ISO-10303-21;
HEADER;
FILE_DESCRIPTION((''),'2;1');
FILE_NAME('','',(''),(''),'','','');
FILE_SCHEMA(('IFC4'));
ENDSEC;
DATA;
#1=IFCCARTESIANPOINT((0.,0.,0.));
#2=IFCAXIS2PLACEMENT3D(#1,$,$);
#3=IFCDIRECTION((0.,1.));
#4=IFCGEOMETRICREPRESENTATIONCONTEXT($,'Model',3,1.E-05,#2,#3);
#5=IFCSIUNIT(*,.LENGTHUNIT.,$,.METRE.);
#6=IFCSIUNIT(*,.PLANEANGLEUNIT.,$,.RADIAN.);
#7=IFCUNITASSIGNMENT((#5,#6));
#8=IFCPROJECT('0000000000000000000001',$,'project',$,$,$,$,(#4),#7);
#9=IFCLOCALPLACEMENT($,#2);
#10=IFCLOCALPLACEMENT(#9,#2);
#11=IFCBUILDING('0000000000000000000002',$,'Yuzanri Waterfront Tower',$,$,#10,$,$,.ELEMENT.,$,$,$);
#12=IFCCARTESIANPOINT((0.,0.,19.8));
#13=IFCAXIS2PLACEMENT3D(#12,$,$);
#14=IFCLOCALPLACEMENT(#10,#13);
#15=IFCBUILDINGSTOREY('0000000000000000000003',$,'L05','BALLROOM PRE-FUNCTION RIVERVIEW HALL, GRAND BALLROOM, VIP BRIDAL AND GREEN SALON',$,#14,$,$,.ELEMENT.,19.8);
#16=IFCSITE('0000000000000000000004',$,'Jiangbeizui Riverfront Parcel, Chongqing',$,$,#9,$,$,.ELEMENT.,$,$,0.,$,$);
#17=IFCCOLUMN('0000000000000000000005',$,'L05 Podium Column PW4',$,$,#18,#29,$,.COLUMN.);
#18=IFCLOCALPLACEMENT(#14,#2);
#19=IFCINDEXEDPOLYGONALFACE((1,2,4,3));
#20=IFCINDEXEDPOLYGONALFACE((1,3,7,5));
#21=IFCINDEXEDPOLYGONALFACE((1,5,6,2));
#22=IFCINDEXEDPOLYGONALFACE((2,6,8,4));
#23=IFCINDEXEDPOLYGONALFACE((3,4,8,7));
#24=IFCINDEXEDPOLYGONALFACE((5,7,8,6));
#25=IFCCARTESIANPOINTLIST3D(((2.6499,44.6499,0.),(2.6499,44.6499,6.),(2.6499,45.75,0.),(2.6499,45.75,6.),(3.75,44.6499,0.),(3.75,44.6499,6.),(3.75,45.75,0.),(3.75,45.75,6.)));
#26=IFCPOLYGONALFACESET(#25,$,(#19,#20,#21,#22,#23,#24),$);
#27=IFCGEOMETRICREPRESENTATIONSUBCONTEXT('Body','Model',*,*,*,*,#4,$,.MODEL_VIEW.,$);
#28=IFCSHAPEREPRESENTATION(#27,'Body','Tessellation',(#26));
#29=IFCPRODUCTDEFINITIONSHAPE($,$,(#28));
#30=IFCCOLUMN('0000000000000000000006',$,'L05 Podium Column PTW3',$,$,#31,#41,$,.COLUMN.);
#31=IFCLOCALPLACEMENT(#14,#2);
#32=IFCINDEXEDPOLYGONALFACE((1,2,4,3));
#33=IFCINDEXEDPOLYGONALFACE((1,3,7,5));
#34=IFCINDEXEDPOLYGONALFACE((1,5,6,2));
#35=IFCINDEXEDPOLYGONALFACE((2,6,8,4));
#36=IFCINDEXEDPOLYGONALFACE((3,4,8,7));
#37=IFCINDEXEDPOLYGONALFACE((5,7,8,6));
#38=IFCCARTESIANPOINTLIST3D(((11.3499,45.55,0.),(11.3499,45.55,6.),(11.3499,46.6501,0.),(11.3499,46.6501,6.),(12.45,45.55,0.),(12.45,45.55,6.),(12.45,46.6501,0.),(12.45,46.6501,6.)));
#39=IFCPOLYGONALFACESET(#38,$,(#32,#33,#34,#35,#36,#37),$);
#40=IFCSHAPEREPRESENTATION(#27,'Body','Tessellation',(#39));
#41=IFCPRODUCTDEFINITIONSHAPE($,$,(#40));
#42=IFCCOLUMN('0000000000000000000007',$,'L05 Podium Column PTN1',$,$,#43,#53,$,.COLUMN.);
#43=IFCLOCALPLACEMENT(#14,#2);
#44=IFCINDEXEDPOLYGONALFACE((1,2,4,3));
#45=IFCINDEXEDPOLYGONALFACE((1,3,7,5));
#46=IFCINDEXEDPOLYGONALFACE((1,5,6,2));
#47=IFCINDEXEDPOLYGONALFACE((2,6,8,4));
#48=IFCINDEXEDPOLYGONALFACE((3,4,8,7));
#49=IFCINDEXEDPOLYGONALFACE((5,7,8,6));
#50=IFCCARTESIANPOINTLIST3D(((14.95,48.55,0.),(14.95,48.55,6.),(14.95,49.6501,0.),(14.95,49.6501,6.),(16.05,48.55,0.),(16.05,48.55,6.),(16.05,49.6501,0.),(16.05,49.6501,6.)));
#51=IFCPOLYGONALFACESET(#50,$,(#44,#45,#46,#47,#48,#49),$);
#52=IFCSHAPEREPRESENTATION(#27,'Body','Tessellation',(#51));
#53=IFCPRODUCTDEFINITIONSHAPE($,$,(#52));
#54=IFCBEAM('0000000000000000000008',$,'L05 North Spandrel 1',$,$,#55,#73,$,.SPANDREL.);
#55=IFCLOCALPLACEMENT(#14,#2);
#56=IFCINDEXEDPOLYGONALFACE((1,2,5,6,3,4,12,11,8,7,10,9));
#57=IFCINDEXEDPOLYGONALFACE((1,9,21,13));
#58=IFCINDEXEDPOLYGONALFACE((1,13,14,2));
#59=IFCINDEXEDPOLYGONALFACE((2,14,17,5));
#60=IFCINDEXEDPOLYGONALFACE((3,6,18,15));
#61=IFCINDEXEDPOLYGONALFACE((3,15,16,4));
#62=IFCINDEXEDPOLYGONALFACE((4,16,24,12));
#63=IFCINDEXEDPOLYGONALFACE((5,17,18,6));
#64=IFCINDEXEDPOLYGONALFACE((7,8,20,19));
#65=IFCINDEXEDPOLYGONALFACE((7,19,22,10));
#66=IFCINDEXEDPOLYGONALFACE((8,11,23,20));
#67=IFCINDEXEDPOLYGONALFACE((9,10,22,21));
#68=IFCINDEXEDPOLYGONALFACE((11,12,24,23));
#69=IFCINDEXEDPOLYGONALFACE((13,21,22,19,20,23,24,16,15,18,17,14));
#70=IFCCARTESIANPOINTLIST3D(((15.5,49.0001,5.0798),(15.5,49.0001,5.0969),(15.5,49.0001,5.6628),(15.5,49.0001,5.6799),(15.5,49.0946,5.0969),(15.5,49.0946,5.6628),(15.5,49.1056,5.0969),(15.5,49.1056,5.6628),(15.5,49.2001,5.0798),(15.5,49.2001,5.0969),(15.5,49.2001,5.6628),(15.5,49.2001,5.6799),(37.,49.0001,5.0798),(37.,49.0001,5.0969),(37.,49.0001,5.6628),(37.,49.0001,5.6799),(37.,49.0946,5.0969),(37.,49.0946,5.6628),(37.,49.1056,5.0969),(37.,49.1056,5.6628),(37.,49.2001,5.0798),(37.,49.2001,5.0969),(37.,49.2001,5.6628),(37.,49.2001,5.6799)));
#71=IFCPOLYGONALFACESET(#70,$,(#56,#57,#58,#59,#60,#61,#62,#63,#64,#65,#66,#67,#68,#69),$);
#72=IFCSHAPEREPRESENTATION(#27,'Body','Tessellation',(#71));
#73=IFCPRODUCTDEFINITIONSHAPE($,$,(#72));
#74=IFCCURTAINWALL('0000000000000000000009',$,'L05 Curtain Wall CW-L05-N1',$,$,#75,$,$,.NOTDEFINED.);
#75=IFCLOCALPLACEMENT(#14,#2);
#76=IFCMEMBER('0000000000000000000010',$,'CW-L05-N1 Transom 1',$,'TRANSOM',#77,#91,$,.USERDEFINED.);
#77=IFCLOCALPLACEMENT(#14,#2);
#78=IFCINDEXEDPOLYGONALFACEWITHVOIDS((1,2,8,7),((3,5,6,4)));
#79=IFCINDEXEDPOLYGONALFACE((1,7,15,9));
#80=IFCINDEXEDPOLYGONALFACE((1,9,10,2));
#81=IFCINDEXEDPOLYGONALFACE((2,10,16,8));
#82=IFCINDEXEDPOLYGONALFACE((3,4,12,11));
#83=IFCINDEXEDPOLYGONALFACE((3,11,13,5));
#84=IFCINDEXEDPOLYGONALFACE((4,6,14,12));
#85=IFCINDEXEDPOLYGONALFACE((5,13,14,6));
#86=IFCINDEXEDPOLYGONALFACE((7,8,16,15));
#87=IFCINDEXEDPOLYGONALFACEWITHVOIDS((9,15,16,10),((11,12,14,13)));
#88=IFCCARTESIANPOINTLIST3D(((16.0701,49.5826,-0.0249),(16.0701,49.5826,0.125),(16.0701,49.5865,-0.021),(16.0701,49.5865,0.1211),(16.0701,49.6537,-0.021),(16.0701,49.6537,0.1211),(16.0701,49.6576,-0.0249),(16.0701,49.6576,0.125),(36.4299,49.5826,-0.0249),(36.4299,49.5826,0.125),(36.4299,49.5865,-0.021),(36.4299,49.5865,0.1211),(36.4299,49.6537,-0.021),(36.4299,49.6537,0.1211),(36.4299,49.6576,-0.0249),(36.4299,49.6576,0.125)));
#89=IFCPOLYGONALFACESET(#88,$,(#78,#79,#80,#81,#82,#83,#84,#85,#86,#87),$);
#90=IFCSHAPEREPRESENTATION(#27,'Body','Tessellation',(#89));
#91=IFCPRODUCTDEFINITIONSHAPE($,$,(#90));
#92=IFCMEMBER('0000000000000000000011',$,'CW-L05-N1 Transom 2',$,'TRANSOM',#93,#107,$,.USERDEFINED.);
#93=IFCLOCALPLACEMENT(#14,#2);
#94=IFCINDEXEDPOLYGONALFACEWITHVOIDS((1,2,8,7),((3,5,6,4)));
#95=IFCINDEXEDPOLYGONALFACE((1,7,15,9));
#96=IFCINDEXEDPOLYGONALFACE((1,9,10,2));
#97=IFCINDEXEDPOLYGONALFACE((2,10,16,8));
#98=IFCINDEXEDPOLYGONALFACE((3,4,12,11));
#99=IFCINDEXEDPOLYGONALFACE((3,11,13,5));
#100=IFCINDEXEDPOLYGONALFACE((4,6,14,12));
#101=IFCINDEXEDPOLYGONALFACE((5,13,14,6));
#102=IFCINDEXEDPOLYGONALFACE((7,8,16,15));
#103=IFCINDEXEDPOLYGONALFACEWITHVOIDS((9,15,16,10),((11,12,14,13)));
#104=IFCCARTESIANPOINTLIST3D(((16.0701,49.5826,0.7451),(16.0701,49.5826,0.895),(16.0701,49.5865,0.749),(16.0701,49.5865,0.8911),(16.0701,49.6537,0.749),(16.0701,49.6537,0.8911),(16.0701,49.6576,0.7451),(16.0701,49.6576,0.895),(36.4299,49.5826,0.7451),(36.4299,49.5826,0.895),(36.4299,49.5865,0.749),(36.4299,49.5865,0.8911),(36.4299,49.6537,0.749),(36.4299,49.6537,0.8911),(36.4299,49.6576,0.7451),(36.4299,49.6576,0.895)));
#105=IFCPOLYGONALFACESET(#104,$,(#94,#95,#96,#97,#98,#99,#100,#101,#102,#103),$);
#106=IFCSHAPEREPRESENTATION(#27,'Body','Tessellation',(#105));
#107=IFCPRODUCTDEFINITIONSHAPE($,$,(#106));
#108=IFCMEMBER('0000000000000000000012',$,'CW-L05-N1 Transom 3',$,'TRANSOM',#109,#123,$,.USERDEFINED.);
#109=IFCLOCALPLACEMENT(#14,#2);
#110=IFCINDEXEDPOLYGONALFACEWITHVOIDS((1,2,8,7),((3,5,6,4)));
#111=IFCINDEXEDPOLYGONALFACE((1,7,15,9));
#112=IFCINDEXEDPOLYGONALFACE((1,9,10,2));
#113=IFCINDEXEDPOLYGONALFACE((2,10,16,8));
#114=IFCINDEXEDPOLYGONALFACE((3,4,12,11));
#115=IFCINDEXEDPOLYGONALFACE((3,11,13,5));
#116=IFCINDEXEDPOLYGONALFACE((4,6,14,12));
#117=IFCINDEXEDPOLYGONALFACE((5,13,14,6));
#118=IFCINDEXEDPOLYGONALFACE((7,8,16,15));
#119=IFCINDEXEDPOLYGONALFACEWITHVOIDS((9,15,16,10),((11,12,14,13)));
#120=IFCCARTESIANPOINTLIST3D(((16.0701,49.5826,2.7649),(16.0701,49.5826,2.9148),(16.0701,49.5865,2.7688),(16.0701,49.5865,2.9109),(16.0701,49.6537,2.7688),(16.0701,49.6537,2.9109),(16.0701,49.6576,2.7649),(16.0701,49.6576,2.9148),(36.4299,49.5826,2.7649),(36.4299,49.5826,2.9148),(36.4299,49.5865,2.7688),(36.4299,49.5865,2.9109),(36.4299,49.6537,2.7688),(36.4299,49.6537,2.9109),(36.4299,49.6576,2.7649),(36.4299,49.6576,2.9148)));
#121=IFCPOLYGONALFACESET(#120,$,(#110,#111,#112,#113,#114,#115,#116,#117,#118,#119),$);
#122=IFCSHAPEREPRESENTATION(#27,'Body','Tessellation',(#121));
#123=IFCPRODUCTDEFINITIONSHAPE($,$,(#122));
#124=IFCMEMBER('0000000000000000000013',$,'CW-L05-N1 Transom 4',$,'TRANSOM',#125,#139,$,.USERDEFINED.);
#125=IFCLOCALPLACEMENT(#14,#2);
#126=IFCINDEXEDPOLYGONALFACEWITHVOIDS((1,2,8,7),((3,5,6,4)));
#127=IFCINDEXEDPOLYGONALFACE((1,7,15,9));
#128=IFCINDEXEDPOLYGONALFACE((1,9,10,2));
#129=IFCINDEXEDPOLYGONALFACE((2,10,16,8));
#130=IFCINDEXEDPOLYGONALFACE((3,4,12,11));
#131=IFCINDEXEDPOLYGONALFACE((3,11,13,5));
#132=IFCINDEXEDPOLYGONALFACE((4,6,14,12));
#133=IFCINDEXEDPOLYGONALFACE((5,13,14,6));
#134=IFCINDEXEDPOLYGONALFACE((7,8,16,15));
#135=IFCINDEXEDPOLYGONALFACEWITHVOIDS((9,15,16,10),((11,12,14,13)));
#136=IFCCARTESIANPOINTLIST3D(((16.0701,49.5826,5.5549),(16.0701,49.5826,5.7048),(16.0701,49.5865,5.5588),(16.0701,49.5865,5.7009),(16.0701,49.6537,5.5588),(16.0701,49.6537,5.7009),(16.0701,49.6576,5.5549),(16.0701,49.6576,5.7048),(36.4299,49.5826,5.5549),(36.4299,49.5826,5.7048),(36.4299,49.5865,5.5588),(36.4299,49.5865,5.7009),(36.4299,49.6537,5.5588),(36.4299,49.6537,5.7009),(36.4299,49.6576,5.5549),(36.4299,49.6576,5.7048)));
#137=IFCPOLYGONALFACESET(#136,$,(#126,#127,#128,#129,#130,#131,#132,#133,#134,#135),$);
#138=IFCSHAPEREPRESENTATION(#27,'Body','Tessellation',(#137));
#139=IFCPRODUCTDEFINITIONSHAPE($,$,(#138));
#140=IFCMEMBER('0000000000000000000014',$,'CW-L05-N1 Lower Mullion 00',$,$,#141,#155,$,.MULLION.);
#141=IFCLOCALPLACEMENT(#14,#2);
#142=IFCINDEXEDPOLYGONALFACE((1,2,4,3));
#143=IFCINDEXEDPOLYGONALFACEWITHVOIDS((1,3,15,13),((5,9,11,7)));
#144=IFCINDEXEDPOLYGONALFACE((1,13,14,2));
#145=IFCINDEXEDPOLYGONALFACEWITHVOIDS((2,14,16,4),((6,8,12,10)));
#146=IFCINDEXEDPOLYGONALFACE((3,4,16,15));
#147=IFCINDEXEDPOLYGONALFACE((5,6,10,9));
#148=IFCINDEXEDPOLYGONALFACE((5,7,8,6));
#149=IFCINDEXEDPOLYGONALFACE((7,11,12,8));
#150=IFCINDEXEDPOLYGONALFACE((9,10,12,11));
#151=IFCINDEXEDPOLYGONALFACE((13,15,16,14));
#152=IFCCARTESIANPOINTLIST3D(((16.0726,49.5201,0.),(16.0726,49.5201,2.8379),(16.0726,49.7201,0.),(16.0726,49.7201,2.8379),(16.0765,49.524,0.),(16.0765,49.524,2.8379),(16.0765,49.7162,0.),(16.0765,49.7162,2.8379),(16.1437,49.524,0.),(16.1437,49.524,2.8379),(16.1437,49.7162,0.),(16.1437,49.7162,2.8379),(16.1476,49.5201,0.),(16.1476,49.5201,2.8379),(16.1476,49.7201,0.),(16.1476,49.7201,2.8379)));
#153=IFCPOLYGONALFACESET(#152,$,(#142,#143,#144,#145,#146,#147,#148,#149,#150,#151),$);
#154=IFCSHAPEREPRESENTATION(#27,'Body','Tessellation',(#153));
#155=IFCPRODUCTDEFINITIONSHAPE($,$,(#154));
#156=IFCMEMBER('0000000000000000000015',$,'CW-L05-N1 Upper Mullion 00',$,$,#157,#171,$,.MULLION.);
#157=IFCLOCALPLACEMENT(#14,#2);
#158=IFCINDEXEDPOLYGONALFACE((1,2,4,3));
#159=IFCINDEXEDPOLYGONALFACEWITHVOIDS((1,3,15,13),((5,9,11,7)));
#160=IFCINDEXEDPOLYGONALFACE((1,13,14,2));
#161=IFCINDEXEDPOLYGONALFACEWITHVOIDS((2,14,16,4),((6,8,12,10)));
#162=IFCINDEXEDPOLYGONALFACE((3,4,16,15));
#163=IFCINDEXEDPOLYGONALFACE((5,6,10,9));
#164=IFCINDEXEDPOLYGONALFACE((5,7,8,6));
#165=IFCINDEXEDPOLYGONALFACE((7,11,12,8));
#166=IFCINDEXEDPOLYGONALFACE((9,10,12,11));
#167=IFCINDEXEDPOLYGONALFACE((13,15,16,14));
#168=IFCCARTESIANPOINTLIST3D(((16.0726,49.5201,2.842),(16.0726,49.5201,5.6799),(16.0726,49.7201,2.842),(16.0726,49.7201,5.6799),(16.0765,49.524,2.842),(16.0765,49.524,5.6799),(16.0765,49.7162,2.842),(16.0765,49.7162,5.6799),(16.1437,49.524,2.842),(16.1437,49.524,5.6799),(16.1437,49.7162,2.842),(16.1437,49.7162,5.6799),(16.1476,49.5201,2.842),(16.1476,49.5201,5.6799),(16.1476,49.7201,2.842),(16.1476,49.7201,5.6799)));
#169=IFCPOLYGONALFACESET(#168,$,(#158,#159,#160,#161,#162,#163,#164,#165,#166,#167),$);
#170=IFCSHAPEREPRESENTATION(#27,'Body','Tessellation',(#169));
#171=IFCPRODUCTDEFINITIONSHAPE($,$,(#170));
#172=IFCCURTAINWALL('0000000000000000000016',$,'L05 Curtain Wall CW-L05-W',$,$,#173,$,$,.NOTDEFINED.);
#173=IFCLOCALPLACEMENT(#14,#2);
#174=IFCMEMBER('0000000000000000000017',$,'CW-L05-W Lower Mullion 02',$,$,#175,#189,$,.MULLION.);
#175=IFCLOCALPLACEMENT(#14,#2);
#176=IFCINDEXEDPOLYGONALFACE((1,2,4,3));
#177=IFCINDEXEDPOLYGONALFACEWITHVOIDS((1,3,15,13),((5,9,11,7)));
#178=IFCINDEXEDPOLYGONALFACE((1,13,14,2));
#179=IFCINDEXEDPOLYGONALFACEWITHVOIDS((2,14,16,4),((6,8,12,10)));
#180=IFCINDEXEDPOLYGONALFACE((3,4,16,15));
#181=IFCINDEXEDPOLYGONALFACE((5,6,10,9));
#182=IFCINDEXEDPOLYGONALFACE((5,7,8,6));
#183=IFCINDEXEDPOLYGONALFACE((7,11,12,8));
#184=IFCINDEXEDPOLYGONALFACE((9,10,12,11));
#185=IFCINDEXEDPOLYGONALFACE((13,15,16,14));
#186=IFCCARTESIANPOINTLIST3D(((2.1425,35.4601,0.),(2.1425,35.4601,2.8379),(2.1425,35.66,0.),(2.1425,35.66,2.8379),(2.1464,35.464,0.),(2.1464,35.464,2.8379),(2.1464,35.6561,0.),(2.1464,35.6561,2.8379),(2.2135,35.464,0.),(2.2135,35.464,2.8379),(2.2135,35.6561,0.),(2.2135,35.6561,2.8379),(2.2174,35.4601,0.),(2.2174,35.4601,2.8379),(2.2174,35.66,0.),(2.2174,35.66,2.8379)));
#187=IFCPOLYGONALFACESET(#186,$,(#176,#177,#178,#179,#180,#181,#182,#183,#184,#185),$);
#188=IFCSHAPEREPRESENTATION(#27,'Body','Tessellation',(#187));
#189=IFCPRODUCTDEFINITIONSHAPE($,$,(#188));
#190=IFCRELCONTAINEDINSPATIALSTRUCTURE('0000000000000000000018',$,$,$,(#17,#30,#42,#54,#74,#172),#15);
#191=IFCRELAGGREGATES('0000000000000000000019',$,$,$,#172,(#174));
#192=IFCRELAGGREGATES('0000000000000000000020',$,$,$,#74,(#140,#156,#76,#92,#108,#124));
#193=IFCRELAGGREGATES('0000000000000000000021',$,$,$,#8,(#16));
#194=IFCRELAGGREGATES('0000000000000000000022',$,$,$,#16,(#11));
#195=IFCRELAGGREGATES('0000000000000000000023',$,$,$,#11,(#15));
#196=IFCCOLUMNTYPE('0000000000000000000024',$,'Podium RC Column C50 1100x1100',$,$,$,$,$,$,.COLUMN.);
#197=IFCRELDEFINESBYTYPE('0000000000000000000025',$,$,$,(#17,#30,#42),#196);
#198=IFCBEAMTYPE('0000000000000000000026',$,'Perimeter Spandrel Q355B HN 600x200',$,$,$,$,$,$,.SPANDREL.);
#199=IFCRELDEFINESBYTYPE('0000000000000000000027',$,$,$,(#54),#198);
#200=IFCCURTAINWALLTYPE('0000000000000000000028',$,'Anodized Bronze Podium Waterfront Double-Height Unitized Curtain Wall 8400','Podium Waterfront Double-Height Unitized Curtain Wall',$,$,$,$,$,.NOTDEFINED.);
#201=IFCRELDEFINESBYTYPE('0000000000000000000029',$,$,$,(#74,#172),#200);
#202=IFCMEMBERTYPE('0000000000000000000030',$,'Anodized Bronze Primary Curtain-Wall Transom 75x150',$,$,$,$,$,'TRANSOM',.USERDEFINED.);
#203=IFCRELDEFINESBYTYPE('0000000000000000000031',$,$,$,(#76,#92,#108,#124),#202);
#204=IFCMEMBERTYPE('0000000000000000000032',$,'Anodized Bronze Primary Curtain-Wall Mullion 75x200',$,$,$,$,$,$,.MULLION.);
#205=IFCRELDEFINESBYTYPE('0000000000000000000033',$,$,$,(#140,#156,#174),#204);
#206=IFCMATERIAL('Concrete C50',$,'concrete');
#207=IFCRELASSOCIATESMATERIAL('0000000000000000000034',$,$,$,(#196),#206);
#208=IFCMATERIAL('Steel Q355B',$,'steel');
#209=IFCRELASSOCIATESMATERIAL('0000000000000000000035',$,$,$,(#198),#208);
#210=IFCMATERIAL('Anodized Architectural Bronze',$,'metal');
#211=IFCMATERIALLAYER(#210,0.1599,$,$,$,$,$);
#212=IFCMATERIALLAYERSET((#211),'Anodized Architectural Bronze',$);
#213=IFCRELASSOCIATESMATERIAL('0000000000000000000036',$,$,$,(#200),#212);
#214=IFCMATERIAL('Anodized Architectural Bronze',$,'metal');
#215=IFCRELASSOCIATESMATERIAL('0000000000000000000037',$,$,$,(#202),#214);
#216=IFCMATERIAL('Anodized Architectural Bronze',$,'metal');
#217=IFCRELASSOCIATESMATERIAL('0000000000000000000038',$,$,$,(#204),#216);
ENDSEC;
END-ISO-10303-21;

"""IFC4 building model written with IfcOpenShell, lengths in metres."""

from ifc_helpers import new_model, si_unit, direction, frame, origin, origin_2d, place, context, subcontext, project, spatial, rectangle, hollow_rectangle, i_section, extrude, source, transform, mapped, material, layer, layer_set, material_profile, profile_set, type_object, element, aggregate, save


model = new_model("IFC4")

# Units and contexts
model_context = context("Model", 3, precision=1e-05, world=origin(), true_north=direction((0.0, 1.0)))
body_context = subcontext(model_context, "Body", "Model", "MODEL_VIEW")
ifc_project = project(units=[si_unit("LENGTHUNIT", "METRE"), si_unit("PLANEANGLEUNIT", "RADIAN")], contexts=[model_context])

# Site, building, storey
site_placement = place(None, origin())
site = spatial("IfcSite", under=ifc_project, at=site_placement, Name="Jiangbeizui Riverfront Parcel, Chongqing", CompositionType="ELEMENT", RefElevation=0.0)
building_placement = place(site_placement, origin())
building = spatial("IfcBuilding", under=site, at=building_placement, Name="Yuzanri Waterfront Tower", CompositionType="ELEMENT")
storey_placement = place(building_placement, frame((0.0, 0.0, 19.8)))
storey = spatial("IfcBuildingStorey", under=building, at=storey_placement, Name="L05", Description="BALLROOM PRE-FUNCTION RIVERVIEW HALL, GRAND BALLROOM, VIP BRIDAL AND GREEN SALON", CompositionType="ELEMENT", Elevation=19.8)

# Columns
ifc_material_1 = material(Name="Concrete C50", Category="concrete")
ifc_material_profile_1 = material_profile(ifc_material_1, rectangle(XDim=1.1001, YDim=1.1001, at=origin_2d()), Name="RC 1100x1100")
ifc_profile_set_1 = profile_set([ifc_material_profile_1], Name="Concrete C50")
column_type = type_object("IfcColumnType", Name="Podium RC Column C50 1100x1100", PredefinedType="COLUMN", material=ifc_profile_set_1)
shared_shape_1 = source(origin(), body_context, "Body", "SweptSolid", [
    extrude(rectangle(XDim=1.1001, YDim=1.1001, at=origin_2d()), origin(), (0.0, 0.0, 1.0), 6.0),
])
for number, where, z_axis, x_axis, name in (
    (1, (3.2, 45.2, 0.0), (0.0, 0.0, 1.0), (1.0, 0.0, 0.0), "L05 Podium Column PW4"),
    (2, (11.8999, 46.1001, 0.0), (0.0, 0.0, 1.0), (1.0, 0.0, 0.0), "L05 Podium Column PTW3"),
    (3, (15.5, 49.1001, 0.0), (0.0, 0.0, 1.0), (1.0, 0.0, 0.0), "L05 Podium Column PTN1"),
):
    element("IfcColumn", number, at=place(storey_placement, frame(where, z_axis=z_axis, x_axis=x_axis)), inside=storey, type_object=column_type, Name=name, PredefinedType="COLUMN", context=body_context, shape_type="MappedRepresentation", body=[
        mapped(shared_shape_1, transform((0.0, 0.0, 0.0), scale=1.0)),
    ])

# Beam
ifc_material_2 = material(Name="Steel Q355B", Category="steel")
ifc_material_profile_2 = material_profile(ifc_material_2, i_section(OverallWidth=0.2, OverallDepth=0.6001, WebThickness=0.011, FlangeThickness=0.0171, at=origin_2d()), Name="HN 600x200x11x17")
ifc_profile_set_2 = profile_set([ifc_material_profile_2], Name="Steel Q355B")
beam_type = type_object("IfcBeamType", Name="Perimeter Spandrel Q355B HN 600x200", PredefinedType="SPANDREL", material=ifc_profile_set_2)
shared_shape_2 = source(origin(), body_context, "Body", "SweptSolid", [
    extrude(i_section(OverallWidth=0.2, OverallDepth=0.6001, WebThickness=0.011, FlangeThickness=0.0171, at=origin_2d()), origin(), (0.0, 0.0, 1.0), 21.5),
])
beam_placement = place(storey_placement, frame((15.5, 49.1001, 5.3799), z_axis=(1.0, 0.0, 0.0), x_axis=(0.0, 1.0, 0.0)))
element("IfcBeam", 4, at=beam_placement, inside=storey, type_object=beam_type, Name="L05 North Spandrel 1", PredefinedType="SPANDREL", context=body_context, shape_type="MappedRepresentation", body=[
    mapped(shared_shape_2, transform((0.0, 0.0, 0.0), scale=1.0)),
])

# Curtain walls, members
ifc_material_3 = material(Name="Anodized Architectural Bronze", Category="metal")
ifc_layer_1 = layer(ifc_material_3, 0.1599)
ifc_layer_set_1 = layer_set([ifc_layer_1], Name="Anodized Architectural Bronze")
curtain_wall_type = type_object("IfcCurtainWallType", Name="Anodized Bronze Podium Waterfront Double-Height Unitized Curtain Wall 8400", Description="Podium Waterfront Double-Height Unitized Curtain Wall", PredefinedType="NOTDEFINED", material=ifc_layer_set_1)
curtain_wall_1_placement = place(storey_placement, origin())
curtain_wall_1 = element("IfcCurtainWall", 5, at=curtain_wall_1_placement, inside=storey, type_object=curtain_wall_type, Name="L05 Curtain Wall CW-L05-N1", PredefinedType="NOTDEFINED")
ifc_material_4 = material(Name="Anodized Architectural Bronze", Category="metal")
ifc_material_profile_3 = material_profile(ifc_material_4, hollow_rectangle(XDim=0.075, YDim=0.1499, WallThickness=0.0039, at=origin_2d()), Name="CWT 75x150")
ifc_profile_set_3 = profile_set([ifc_material_profile_3], Name="Anodized Architectural Bronze")
member_type_1 = type_object("IfcMemberType", Name="Anodized Bronze Primary Curtain-Wall Transom 75x150", ElementType="TRANSOM", PredefinedType="USERDEFINED", material=ifc_profile_set_3)
shared_shape_3 = source(origin(), body_context, "Body", "SweptSolid", [
    extrude(hollow_rectangle(XDim=0.075, YDim=0.1499, WallThickness=0.0039, at=origin_2d()), origin(), (0.0, 0.0, 1.0), 20.3599),
])
member_1_placement = place(storey_placement, frame((16.0701, 49.6201, 0.05), z_axis=(1.0, 0.0, 0.0), x_axis=(0.0, 1.0, 0.0)))
member_1 = element("IfcMember", 6, at=member_1_placement, type_object=member_type_1, Name="CW-L05-N1 Transom 1", ObjectType="TRANSOM", PredefinedType="USERDEFINED", context=body_context, shape_type="MappedRepresentation", body=[
    mapped(shared_shape_3, transform((0.0, 0.0, 0.0), scale=1.0)),
])
member_2_placement = place(storey_placement, frame((16.0701, 49.6201, 0.8201), z_axis=(1.0, 0.0, 0.0), x_axis=(0.0, 1.0, 0.0)))
member_2 = element("IfcMember", 7, at=member_2_placement, type_object=member_type_1, Name="CW-L05-N1 Transom 2", ObjectType="TRANSOM", PredefinedType="USERDEFINED", context=body_context, shape_type="MappedRepresentation", body=[
    mapped(shared_shape_3, transform((0.0, 0.0, 0.0), scale=1.0)),
])
member_3_placement = place(storey_placement, frame((16.0701, 49.6201, 2.8398), z_axis=(1.0, 0.0, 0.0), x_axis=(0.0, 1.0, 0.0)))
member_3 = element("IfcMember", 8, at=member_3_placement, type_object=member_type_1, Name="CW-L05-N1 Transom 3", ObjectType="TRANSOM", PredefinedType="USERDEFINED", context=body_context, shape_type="MappedRepresentation", body=[
    mapped(shared_shape_3, transform((0.0, 0.0, 0.0), scale=1.0)),
])
member_4_placement = place(storey_placement, frame((16.0701, 49.6201, 5.6299), z_axis=(1.0, 0.0, 0.0), x_axis=(0.0, 1.0, 0.0)))
member_4 = element("IfcMember", 9, at=member_4_placement, type_object=member_type_1, Name="CW-L05-N1 Transom 4", ObjectType="TRANSOM", PredefinedType="USERDEFINED", context=body_context, shape_type="MappedRepresentation", body=[
    mapped(shared_shape_3, transform((0.0, 0.0, 0.0), scale=1.0)),
])
ifc_material_5 = material(Name="Anodized Architectural Bronze", Category="metal")
ifc_material_profile_4 = material_profile(ifc_material_5, hollow_rectangle(XDim=0.075, YDim=0.2, WallThickness=0.0039, at=origin_2d()), Name="CWM 75x200")
ifc_profile_set_4 = profile_set([ifc_material_profile_4], Name="Anodized Architectural Bronze")
member_type_2 = type_object("IfcMemberType", Name="Anodized Bronze Primary Curtain-Wall Mullion 75x200", PredefinedType="MULLION", material=ifc_profile_set_4)
shared_shape_4 = source(origin(), body_context, "Body", "SweptSolid", [
    extrude(hollow_rectangle(XDim=0.075, YDim=0.2, WallThickness=0.0039, at=origin_2d()), origin(), (0.0, 0.0, 1.0), 2.8379),
])
member_5_placement = place(storey_placement, frame((16.1101, 49.6201, 0.0), z_axis=(0.0, 0.0, 1.0), x_axis=(1.0, 0.0, 0.0)))
member_5 = element("IfcMember", 10, at=member_5_placement, type_object=member_type_2, Name="CW-L05-N1 Lower Mullion 00", PredefinedType="MULLION", context=body_context, shape_type="MappedRepresentation", body=[
    mapped(shared_shape_4, transform((0.0, 0.0, 0.0), scale=1.0)),
])
member_6_placement = place(storey_placement, frame((16.1101, 49.6201, 2.842), z_axis=(0.0, 0.0, 1.0), x_axis=(1.0, 0.0, 0.0)))
member_6 = element("IfcMember", 11, at=member_6_placement, type_object=member_type_2, Name="CW-L05-N1 Upper Mullion 00", PredefinedType="MULLION", context=body_context, shape_type="MappedRepresentation", body=[
    mapped(shared_shape_4, transform((0.0, 0.0, 0.0), scale=1.0)),
])
curtain_wall_2_placement = place(storey_placement, origin())
curtain_wall_2 = element("IfcCurtainWall", 12, at=curtain_wall_2_placement, inside=storey, type_object=curtain_wall_type, Name="L05 Curtain Wall CW-L05-W", PredefinedType="NOTDEFINED")
member_7_placement = place(storey_placement, frame((2.1799, 35.5601, 0.0), z_axis=(0.0, 0.0, 1.0), x_axis=(1.0, 0.0, 0.0)))
member_7 = element("IfcMember", 13, at=member_7_placement, type_object=member_type_2, Name="CW-L05-W Lower Mullion 02", PredefinedType="MULLION", context=body_context, shape_type="MappedRepresentation", body=[
    mapped(shared_shape_4, transform((0.0, 0.0, 0.0), scale=1.0)),
])
aggregate(curtain_wall_2, [member_7])

aggregate(curtain_wall_1, [member_5, member_6, member_1, member_2, member_3, member_4])

save(model, "model.ifc")
